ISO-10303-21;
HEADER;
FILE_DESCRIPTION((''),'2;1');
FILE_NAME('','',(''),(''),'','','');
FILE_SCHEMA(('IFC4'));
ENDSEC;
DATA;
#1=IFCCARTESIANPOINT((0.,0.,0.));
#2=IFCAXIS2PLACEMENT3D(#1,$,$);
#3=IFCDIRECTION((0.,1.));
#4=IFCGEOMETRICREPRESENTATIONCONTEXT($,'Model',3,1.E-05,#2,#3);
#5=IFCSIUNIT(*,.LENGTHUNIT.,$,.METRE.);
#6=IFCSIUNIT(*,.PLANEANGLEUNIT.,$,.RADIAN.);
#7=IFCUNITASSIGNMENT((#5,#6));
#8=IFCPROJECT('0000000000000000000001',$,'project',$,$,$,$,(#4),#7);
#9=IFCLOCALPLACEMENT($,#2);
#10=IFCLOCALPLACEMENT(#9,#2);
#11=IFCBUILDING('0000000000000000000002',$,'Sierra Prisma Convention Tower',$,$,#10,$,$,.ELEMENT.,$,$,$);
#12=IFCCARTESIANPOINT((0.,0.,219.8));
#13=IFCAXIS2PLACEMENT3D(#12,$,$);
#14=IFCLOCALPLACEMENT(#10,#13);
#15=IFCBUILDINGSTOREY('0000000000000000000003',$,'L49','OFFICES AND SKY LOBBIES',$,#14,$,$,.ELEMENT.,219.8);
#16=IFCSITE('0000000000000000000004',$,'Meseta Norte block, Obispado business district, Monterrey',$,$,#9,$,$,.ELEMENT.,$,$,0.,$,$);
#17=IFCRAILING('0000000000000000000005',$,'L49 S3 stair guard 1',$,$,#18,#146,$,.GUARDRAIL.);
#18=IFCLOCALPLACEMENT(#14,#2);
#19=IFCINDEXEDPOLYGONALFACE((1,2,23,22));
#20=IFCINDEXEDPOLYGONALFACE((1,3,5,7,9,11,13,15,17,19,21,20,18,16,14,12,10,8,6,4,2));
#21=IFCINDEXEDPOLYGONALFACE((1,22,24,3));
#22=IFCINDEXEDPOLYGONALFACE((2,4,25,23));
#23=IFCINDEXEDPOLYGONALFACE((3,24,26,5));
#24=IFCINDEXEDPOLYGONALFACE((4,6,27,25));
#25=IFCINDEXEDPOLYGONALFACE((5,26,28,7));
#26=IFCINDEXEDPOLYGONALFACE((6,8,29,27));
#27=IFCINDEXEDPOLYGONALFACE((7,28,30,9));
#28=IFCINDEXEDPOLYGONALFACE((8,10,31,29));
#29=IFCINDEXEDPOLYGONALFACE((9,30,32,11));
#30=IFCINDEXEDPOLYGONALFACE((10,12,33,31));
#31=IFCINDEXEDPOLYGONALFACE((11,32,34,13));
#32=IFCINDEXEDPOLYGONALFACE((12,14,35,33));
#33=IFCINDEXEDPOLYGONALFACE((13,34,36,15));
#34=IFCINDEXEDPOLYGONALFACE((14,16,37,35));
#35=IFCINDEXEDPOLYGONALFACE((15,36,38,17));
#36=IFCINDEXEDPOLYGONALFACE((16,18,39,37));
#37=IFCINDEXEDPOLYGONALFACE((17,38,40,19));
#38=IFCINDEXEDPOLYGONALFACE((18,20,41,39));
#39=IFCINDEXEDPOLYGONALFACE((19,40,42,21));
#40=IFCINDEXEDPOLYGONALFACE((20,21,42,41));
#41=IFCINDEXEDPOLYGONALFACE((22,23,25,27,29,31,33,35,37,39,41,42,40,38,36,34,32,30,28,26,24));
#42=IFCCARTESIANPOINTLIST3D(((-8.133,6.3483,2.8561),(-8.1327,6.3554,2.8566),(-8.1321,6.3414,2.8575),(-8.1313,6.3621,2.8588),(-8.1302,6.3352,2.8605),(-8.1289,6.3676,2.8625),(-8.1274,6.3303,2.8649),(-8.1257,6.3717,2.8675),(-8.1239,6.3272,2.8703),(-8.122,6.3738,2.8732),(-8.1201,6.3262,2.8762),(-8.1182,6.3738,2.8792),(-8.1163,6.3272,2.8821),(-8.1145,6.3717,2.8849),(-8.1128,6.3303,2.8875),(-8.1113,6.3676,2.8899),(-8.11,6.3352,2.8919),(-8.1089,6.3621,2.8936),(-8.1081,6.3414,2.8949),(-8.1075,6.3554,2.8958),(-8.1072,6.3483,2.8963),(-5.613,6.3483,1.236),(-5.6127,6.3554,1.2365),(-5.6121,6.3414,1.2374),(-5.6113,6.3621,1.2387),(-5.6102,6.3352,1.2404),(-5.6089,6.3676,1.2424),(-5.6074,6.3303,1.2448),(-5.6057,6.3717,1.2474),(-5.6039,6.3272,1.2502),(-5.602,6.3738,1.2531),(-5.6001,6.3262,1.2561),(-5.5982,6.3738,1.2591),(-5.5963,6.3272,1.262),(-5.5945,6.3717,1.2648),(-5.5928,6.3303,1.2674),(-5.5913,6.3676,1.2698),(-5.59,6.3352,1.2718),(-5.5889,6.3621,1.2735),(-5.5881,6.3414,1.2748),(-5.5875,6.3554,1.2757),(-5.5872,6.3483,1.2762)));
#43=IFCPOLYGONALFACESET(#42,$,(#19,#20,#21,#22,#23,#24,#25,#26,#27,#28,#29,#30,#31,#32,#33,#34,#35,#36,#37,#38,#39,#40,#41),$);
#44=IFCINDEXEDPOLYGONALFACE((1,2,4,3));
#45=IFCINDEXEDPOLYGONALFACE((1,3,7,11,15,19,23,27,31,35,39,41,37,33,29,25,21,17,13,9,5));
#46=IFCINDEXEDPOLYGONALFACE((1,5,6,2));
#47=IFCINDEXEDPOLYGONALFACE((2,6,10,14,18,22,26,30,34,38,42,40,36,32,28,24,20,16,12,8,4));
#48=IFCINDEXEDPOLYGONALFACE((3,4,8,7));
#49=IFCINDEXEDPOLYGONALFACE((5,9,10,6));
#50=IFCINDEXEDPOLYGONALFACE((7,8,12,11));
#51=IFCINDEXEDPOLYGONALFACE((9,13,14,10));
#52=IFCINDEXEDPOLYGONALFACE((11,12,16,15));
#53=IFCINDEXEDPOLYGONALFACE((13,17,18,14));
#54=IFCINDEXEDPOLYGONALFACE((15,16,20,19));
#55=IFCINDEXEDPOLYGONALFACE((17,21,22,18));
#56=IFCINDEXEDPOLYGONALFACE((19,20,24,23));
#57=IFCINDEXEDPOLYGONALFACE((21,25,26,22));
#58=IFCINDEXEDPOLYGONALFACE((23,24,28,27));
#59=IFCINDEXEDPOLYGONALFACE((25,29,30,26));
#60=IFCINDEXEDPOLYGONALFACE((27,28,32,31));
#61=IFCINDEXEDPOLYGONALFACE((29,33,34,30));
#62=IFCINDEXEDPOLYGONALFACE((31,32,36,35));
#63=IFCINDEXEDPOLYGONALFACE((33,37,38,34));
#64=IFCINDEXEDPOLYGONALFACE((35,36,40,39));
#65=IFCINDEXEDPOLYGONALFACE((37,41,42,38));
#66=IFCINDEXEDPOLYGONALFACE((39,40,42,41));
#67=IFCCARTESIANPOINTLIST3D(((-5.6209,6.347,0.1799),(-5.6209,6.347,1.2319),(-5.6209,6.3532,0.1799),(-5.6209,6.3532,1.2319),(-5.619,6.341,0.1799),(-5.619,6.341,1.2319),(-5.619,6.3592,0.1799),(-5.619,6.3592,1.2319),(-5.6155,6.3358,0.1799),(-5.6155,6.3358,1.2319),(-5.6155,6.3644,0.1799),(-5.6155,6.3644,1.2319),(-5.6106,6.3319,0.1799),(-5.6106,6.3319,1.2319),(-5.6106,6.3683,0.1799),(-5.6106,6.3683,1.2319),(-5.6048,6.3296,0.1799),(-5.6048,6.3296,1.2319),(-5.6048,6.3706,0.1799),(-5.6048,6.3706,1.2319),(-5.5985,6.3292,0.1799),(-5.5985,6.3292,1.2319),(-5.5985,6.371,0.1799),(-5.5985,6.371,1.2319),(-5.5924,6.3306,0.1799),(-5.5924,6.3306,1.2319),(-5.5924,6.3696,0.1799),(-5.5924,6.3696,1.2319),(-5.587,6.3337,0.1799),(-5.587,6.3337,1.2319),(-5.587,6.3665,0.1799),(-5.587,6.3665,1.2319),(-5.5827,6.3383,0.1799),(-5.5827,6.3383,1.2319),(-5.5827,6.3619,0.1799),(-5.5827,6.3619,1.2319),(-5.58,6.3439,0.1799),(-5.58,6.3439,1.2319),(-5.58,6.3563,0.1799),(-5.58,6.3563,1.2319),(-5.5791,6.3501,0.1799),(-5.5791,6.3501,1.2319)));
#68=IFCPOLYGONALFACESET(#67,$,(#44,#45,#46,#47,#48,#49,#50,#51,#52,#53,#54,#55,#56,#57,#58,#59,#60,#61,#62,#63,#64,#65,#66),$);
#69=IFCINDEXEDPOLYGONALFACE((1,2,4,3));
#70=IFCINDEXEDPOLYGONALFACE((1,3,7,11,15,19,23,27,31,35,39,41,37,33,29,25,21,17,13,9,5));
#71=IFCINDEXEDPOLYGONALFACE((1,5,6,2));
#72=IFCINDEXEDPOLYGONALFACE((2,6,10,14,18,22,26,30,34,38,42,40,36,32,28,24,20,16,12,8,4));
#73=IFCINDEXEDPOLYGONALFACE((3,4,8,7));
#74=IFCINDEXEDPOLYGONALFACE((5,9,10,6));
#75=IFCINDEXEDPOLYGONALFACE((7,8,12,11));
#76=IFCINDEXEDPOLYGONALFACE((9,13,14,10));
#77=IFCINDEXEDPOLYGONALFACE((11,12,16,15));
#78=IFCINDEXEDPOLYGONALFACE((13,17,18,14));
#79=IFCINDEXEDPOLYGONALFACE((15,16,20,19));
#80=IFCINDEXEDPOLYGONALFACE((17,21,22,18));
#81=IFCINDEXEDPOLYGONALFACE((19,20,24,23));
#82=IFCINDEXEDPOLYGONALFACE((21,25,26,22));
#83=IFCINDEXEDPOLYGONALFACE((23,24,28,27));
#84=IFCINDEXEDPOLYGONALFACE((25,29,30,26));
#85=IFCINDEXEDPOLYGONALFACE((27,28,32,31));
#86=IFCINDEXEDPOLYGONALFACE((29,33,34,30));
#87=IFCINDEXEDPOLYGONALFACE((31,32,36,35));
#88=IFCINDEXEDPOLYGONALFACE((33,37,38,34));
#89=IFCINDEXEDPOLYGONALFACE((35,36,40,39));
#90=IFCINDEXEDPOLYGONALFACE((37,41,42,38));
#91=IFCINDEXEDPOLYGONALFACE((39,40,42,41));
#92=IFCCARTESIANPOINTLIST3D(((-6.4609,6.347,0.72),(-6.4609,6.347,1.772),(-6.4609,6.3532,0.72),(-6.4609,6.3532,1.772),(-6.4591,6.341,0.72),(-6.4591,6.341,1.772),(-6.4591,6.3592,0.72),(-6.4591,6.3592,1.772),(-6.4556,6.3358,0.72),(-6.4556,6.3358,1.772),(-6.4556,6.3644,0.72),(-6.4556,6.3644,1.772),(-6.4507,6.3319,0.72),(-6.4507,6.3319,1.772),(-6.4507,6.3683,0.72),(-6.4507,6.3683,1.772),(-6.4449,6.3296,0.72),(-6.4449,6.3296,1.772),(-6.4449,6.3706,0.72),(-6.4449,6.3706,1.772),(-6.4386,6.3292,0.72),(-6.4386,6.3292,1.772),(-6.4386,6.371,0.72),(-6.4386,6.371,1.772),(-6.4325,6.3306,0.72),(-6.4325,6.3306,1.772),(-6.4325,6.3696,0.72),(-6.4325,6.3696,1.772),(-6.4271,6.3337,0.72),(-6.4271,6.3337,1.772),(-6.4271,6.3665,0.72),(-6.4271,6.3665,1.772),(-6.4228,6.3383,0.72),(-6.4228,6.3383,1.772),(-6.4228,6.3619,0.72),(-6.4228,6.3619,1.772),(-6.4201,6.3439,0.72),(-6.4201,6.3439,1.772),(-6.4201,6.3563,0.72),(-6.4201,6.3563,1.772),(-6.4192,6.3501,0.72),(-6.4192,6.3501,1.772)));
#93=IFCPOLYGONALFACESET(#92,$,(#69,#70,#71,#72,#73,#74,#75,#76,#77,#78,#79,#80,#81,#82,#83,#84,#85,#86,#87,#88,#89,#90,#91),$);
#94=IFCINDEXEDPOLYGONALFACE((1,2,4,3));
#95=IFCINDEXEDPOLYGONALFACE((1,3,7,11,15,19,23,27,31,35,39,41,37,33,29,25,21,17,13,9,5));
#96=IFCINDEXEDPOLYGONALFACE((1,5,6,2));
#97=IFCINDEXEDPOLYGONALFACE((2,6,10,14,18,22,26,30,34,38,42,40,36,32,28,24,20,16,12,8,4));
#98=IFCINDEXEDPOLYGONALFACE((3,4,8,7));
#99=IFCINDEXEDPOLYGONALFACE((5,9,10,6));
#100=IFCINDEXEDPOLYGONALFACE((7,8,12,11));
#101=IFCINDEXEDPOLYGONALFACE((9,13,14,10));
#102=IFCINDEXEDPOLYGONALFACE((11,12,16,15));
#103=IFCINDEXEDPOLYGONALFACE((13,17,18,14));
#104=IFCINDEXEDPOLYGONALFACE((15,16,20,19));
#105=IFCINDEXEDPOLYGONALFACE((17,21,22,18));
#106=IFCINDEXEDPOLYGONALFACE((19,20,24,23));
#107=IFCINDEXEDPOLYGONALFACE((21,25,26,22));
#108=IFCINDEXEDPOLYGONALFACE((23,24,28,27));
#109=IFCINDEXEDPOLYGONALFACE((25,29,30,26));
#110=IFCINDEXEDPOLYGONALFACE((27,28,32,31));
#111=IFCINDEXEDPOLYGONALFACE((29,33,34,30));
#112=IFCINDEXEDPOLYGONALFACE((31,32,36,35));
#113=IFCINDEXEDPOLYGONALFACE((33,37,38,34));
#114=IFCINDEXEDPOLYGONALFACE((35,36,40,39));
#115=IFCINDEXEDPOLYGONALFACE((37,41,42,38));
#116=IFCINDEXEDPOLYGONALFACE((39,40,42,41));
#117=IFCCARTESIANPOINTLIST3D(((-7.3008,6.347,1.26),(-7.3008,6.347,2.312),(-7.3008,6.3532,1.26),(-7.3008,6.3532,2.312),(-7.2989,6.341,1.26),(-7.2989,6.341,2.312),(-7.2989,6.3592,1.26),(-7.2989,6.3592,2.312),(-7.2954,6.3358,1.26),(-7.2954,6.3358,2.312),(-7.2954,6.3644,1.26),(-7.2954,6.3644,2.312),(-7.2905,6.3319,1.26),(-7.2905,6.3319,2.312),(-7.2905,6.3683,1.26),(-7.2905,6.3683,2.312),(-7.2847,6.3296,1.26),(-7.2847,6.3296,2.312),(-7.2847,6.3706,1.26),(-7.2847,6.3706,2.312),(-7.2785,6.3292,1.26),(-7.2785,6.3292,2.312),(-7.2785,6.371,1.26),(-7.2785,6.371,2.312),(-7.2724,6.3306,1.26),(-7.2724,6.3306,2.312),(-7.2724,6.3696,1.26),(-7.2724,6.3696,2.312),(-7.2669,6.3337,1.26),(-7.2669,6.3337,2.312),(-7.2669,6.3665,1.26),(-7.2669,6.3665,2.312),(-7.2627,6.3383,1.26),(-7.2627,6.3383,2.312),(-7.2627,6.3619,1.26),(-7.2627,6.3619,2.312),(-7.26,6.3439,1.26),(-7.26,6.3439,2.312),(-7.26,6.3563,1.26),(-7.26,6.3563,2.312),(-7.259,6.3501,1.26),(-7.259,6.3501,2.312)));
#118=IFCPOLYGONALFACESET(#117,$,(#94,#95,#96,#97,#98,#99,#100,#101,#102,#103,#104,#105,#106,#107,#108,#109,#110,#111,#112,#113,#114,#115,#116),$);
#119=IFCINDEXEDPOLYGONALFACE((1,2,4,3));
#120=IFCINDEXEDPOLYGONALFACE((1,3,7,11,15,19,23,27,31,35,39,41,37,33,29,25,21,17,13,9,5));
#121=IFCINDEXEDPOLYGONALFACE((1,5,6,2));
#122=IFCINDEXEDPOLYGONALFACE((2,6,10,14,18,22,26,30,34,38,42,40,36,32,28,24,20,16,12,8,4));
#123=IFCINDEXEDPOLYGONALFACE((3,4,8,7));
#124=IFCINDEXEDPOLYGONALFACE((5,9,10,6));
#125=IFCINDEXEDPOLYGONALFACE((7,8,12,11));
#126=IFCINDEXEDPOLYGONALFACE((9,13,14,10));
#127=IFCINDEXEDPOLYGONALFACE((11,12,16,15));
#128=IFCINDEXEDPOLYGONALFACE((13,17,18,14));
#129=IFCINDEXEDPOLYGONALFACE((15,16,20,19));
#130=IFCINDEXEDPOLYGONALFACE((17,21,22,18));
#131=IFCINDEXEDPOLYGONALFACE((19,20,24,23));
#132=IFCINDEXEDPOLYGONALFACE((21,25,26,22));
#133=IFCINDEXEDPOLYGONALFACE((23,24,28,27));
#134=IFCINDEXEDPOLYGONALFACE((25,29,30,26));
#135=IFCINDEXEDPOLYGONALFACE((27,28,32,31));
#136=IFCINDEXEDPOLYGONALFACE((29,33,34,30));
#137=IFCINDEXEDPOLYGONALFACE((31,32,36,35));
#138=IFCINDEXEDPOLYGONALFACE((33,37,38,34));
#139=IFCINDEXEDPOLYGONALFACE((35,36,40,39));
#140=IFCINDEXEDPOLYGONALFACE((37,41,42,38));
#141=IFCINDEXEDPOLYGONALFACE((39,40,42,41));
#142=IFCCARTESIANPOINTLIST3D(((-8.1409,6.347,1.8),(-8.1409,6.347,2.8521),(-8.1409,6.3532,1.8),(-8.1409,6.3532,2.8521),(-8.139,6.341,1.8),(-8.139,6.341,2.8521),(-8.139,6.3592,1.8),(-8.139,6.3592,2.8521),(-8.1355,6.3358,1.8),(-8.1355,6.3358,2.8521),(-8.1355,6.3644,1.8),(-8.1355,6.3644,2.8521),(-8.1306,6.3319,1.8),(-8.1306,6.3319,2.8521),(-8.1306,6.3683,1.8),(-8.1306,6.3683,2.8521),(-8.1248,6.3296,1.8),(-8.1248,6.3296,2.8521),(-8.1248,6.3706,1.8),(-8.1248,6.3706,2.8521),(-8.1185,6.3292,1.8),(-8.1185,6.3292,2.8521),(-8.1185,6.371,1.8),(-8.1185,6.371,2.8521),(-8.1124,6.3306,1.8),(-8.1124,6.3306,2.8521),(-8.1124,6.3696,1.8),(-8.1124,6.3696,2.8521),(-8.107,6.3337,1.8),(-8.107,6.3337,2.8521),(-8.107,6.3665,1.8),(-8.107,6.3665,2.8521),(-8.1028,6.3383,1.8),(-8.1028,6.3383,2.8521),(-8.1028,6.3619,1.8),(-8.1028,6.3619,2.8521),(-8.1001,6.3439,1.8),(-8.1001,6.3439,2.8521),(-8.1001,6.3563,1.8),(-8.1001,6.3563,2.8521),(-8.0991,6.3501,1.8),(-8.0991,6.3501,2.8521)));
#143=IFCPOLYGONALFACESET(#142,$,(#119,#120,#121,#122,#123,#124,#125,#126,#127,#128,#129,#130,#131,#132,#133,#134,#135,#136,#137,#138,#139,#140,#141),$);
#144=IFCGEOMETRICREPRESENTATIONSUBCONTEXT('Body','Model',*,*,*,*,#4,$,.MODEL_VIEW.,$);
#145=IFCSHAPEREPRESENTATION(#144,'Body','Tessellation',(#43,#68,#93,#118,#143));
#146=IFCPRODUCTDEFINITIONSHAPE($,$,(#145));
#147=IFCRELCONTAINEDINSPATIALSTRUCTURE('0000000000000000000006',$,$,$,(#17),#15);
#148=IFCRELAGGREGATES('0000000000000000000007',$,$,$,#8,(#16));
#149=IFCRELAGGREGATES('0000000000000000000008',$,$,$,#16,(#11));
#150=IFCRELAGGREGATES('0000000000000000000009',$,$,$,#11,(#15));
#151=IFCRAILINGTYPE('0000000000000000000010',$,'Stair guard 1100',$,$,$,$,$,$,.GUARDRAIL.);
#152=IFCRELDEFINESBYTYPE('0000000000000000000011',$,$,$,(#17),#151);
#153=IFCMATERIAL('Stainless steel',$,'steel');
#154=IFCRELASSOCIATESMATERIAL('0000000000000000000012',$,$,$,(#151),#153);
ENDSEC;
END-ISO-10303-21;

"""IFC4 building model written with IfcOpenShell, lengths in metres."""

from ifc_helpers import new_model, si_unit, direction, frame, origin, origin_2d, place, context, subcontext, project, spatial, circle, extrude, material, type_object, element, save


model = new_model("IFC4")

# Units and contexts
model_context = context("Model", 3, precision=1e-05, world=origin(), true_north=direction((0.0, 1.0)))
body_context = subcontext(model_context, "Body", "Model", "MODEL_VIEW")
ifc_project = project(units=[si_unit("LENGTHUNIT", "METRE"), si_unit("PLANEANGLEUNIT", "RADIAN")], contexts=[model_context])

# Site, building, storey
site_placement = place(None, origin())
site = spatial("IfcSite", under=ifc_project, at=site_placement, Name="Meseta Norte block, Obispado business district, Monterrey", CompositionType="ELEMENT", RefElevation=0.0)
building_placement = place(site_placement, origin())
building = spatial("IfcBuilding", under=site, at=building_placement, Name="Sierra Prisma Convention Tower", CompositionType="ELEMENT")
storey_placement = place(building_placement, frame((0.0, 0.0, 219.8)))
storey = spatial("IfcBuildingStorey", under=building, at=storey_placement, Name="L49", Description="OFFICES AND SKY LOBBIES", CompositionType="ELEMENT", Elevation=219.8)

# Railing
ifc_material_1 = material(Name="Stainless steel", Category="steel")
railing_type_1 = type_object("IfcRailingType", Name="Stair guard 1100", PredefinedType="GUARDRAIL", material=ifc_material_1)
railing_1_placement = place(storey_placement, frame((-5.6001, 6.3501, 0.1799)))
element("IfcRailing", 1, at=railing_1_placement, inside=storey, type_object=railing_type_1, Name="L49 S3 stair guard 1", PredefinedType="GUARDRAIL", context=body_context, shape_type="SweptSolid", body=[
    extrude(circle(Radius=0.0239, at=origin_2d()), frame((0.0, 0.0, 1.0762), z_axis=(-0.841163, 0.0, 0.540782), x_axis=(0.0, -1.0, 0.0)), (0.0, 0.0, 1.0), 2.9958),
    extrude(circle(Radius=0.021, at=origin_2d()), origin(), (0.0, 0.0, 1.0), 1.052),
    extrude(circle(Radius=0.021, at=origin_2d()), frame((-0.8401, 0.0, 0.54)), (0.0, 0.0, 1.0), 1.052),
    extrude(circle(Radius=0.021, at=origin_2d()), frame((-1.6799, 0.0, 1.0801)), (0.0, 0.0, 1.0), 1.052),
    extrude(circle(Radius=0.021, at=origin_2d()), frame((-2.52, 0.0, 1.6201)), (0.0, 0.0, 1.0), 1.052),
])

save(model, "model.ifc")
